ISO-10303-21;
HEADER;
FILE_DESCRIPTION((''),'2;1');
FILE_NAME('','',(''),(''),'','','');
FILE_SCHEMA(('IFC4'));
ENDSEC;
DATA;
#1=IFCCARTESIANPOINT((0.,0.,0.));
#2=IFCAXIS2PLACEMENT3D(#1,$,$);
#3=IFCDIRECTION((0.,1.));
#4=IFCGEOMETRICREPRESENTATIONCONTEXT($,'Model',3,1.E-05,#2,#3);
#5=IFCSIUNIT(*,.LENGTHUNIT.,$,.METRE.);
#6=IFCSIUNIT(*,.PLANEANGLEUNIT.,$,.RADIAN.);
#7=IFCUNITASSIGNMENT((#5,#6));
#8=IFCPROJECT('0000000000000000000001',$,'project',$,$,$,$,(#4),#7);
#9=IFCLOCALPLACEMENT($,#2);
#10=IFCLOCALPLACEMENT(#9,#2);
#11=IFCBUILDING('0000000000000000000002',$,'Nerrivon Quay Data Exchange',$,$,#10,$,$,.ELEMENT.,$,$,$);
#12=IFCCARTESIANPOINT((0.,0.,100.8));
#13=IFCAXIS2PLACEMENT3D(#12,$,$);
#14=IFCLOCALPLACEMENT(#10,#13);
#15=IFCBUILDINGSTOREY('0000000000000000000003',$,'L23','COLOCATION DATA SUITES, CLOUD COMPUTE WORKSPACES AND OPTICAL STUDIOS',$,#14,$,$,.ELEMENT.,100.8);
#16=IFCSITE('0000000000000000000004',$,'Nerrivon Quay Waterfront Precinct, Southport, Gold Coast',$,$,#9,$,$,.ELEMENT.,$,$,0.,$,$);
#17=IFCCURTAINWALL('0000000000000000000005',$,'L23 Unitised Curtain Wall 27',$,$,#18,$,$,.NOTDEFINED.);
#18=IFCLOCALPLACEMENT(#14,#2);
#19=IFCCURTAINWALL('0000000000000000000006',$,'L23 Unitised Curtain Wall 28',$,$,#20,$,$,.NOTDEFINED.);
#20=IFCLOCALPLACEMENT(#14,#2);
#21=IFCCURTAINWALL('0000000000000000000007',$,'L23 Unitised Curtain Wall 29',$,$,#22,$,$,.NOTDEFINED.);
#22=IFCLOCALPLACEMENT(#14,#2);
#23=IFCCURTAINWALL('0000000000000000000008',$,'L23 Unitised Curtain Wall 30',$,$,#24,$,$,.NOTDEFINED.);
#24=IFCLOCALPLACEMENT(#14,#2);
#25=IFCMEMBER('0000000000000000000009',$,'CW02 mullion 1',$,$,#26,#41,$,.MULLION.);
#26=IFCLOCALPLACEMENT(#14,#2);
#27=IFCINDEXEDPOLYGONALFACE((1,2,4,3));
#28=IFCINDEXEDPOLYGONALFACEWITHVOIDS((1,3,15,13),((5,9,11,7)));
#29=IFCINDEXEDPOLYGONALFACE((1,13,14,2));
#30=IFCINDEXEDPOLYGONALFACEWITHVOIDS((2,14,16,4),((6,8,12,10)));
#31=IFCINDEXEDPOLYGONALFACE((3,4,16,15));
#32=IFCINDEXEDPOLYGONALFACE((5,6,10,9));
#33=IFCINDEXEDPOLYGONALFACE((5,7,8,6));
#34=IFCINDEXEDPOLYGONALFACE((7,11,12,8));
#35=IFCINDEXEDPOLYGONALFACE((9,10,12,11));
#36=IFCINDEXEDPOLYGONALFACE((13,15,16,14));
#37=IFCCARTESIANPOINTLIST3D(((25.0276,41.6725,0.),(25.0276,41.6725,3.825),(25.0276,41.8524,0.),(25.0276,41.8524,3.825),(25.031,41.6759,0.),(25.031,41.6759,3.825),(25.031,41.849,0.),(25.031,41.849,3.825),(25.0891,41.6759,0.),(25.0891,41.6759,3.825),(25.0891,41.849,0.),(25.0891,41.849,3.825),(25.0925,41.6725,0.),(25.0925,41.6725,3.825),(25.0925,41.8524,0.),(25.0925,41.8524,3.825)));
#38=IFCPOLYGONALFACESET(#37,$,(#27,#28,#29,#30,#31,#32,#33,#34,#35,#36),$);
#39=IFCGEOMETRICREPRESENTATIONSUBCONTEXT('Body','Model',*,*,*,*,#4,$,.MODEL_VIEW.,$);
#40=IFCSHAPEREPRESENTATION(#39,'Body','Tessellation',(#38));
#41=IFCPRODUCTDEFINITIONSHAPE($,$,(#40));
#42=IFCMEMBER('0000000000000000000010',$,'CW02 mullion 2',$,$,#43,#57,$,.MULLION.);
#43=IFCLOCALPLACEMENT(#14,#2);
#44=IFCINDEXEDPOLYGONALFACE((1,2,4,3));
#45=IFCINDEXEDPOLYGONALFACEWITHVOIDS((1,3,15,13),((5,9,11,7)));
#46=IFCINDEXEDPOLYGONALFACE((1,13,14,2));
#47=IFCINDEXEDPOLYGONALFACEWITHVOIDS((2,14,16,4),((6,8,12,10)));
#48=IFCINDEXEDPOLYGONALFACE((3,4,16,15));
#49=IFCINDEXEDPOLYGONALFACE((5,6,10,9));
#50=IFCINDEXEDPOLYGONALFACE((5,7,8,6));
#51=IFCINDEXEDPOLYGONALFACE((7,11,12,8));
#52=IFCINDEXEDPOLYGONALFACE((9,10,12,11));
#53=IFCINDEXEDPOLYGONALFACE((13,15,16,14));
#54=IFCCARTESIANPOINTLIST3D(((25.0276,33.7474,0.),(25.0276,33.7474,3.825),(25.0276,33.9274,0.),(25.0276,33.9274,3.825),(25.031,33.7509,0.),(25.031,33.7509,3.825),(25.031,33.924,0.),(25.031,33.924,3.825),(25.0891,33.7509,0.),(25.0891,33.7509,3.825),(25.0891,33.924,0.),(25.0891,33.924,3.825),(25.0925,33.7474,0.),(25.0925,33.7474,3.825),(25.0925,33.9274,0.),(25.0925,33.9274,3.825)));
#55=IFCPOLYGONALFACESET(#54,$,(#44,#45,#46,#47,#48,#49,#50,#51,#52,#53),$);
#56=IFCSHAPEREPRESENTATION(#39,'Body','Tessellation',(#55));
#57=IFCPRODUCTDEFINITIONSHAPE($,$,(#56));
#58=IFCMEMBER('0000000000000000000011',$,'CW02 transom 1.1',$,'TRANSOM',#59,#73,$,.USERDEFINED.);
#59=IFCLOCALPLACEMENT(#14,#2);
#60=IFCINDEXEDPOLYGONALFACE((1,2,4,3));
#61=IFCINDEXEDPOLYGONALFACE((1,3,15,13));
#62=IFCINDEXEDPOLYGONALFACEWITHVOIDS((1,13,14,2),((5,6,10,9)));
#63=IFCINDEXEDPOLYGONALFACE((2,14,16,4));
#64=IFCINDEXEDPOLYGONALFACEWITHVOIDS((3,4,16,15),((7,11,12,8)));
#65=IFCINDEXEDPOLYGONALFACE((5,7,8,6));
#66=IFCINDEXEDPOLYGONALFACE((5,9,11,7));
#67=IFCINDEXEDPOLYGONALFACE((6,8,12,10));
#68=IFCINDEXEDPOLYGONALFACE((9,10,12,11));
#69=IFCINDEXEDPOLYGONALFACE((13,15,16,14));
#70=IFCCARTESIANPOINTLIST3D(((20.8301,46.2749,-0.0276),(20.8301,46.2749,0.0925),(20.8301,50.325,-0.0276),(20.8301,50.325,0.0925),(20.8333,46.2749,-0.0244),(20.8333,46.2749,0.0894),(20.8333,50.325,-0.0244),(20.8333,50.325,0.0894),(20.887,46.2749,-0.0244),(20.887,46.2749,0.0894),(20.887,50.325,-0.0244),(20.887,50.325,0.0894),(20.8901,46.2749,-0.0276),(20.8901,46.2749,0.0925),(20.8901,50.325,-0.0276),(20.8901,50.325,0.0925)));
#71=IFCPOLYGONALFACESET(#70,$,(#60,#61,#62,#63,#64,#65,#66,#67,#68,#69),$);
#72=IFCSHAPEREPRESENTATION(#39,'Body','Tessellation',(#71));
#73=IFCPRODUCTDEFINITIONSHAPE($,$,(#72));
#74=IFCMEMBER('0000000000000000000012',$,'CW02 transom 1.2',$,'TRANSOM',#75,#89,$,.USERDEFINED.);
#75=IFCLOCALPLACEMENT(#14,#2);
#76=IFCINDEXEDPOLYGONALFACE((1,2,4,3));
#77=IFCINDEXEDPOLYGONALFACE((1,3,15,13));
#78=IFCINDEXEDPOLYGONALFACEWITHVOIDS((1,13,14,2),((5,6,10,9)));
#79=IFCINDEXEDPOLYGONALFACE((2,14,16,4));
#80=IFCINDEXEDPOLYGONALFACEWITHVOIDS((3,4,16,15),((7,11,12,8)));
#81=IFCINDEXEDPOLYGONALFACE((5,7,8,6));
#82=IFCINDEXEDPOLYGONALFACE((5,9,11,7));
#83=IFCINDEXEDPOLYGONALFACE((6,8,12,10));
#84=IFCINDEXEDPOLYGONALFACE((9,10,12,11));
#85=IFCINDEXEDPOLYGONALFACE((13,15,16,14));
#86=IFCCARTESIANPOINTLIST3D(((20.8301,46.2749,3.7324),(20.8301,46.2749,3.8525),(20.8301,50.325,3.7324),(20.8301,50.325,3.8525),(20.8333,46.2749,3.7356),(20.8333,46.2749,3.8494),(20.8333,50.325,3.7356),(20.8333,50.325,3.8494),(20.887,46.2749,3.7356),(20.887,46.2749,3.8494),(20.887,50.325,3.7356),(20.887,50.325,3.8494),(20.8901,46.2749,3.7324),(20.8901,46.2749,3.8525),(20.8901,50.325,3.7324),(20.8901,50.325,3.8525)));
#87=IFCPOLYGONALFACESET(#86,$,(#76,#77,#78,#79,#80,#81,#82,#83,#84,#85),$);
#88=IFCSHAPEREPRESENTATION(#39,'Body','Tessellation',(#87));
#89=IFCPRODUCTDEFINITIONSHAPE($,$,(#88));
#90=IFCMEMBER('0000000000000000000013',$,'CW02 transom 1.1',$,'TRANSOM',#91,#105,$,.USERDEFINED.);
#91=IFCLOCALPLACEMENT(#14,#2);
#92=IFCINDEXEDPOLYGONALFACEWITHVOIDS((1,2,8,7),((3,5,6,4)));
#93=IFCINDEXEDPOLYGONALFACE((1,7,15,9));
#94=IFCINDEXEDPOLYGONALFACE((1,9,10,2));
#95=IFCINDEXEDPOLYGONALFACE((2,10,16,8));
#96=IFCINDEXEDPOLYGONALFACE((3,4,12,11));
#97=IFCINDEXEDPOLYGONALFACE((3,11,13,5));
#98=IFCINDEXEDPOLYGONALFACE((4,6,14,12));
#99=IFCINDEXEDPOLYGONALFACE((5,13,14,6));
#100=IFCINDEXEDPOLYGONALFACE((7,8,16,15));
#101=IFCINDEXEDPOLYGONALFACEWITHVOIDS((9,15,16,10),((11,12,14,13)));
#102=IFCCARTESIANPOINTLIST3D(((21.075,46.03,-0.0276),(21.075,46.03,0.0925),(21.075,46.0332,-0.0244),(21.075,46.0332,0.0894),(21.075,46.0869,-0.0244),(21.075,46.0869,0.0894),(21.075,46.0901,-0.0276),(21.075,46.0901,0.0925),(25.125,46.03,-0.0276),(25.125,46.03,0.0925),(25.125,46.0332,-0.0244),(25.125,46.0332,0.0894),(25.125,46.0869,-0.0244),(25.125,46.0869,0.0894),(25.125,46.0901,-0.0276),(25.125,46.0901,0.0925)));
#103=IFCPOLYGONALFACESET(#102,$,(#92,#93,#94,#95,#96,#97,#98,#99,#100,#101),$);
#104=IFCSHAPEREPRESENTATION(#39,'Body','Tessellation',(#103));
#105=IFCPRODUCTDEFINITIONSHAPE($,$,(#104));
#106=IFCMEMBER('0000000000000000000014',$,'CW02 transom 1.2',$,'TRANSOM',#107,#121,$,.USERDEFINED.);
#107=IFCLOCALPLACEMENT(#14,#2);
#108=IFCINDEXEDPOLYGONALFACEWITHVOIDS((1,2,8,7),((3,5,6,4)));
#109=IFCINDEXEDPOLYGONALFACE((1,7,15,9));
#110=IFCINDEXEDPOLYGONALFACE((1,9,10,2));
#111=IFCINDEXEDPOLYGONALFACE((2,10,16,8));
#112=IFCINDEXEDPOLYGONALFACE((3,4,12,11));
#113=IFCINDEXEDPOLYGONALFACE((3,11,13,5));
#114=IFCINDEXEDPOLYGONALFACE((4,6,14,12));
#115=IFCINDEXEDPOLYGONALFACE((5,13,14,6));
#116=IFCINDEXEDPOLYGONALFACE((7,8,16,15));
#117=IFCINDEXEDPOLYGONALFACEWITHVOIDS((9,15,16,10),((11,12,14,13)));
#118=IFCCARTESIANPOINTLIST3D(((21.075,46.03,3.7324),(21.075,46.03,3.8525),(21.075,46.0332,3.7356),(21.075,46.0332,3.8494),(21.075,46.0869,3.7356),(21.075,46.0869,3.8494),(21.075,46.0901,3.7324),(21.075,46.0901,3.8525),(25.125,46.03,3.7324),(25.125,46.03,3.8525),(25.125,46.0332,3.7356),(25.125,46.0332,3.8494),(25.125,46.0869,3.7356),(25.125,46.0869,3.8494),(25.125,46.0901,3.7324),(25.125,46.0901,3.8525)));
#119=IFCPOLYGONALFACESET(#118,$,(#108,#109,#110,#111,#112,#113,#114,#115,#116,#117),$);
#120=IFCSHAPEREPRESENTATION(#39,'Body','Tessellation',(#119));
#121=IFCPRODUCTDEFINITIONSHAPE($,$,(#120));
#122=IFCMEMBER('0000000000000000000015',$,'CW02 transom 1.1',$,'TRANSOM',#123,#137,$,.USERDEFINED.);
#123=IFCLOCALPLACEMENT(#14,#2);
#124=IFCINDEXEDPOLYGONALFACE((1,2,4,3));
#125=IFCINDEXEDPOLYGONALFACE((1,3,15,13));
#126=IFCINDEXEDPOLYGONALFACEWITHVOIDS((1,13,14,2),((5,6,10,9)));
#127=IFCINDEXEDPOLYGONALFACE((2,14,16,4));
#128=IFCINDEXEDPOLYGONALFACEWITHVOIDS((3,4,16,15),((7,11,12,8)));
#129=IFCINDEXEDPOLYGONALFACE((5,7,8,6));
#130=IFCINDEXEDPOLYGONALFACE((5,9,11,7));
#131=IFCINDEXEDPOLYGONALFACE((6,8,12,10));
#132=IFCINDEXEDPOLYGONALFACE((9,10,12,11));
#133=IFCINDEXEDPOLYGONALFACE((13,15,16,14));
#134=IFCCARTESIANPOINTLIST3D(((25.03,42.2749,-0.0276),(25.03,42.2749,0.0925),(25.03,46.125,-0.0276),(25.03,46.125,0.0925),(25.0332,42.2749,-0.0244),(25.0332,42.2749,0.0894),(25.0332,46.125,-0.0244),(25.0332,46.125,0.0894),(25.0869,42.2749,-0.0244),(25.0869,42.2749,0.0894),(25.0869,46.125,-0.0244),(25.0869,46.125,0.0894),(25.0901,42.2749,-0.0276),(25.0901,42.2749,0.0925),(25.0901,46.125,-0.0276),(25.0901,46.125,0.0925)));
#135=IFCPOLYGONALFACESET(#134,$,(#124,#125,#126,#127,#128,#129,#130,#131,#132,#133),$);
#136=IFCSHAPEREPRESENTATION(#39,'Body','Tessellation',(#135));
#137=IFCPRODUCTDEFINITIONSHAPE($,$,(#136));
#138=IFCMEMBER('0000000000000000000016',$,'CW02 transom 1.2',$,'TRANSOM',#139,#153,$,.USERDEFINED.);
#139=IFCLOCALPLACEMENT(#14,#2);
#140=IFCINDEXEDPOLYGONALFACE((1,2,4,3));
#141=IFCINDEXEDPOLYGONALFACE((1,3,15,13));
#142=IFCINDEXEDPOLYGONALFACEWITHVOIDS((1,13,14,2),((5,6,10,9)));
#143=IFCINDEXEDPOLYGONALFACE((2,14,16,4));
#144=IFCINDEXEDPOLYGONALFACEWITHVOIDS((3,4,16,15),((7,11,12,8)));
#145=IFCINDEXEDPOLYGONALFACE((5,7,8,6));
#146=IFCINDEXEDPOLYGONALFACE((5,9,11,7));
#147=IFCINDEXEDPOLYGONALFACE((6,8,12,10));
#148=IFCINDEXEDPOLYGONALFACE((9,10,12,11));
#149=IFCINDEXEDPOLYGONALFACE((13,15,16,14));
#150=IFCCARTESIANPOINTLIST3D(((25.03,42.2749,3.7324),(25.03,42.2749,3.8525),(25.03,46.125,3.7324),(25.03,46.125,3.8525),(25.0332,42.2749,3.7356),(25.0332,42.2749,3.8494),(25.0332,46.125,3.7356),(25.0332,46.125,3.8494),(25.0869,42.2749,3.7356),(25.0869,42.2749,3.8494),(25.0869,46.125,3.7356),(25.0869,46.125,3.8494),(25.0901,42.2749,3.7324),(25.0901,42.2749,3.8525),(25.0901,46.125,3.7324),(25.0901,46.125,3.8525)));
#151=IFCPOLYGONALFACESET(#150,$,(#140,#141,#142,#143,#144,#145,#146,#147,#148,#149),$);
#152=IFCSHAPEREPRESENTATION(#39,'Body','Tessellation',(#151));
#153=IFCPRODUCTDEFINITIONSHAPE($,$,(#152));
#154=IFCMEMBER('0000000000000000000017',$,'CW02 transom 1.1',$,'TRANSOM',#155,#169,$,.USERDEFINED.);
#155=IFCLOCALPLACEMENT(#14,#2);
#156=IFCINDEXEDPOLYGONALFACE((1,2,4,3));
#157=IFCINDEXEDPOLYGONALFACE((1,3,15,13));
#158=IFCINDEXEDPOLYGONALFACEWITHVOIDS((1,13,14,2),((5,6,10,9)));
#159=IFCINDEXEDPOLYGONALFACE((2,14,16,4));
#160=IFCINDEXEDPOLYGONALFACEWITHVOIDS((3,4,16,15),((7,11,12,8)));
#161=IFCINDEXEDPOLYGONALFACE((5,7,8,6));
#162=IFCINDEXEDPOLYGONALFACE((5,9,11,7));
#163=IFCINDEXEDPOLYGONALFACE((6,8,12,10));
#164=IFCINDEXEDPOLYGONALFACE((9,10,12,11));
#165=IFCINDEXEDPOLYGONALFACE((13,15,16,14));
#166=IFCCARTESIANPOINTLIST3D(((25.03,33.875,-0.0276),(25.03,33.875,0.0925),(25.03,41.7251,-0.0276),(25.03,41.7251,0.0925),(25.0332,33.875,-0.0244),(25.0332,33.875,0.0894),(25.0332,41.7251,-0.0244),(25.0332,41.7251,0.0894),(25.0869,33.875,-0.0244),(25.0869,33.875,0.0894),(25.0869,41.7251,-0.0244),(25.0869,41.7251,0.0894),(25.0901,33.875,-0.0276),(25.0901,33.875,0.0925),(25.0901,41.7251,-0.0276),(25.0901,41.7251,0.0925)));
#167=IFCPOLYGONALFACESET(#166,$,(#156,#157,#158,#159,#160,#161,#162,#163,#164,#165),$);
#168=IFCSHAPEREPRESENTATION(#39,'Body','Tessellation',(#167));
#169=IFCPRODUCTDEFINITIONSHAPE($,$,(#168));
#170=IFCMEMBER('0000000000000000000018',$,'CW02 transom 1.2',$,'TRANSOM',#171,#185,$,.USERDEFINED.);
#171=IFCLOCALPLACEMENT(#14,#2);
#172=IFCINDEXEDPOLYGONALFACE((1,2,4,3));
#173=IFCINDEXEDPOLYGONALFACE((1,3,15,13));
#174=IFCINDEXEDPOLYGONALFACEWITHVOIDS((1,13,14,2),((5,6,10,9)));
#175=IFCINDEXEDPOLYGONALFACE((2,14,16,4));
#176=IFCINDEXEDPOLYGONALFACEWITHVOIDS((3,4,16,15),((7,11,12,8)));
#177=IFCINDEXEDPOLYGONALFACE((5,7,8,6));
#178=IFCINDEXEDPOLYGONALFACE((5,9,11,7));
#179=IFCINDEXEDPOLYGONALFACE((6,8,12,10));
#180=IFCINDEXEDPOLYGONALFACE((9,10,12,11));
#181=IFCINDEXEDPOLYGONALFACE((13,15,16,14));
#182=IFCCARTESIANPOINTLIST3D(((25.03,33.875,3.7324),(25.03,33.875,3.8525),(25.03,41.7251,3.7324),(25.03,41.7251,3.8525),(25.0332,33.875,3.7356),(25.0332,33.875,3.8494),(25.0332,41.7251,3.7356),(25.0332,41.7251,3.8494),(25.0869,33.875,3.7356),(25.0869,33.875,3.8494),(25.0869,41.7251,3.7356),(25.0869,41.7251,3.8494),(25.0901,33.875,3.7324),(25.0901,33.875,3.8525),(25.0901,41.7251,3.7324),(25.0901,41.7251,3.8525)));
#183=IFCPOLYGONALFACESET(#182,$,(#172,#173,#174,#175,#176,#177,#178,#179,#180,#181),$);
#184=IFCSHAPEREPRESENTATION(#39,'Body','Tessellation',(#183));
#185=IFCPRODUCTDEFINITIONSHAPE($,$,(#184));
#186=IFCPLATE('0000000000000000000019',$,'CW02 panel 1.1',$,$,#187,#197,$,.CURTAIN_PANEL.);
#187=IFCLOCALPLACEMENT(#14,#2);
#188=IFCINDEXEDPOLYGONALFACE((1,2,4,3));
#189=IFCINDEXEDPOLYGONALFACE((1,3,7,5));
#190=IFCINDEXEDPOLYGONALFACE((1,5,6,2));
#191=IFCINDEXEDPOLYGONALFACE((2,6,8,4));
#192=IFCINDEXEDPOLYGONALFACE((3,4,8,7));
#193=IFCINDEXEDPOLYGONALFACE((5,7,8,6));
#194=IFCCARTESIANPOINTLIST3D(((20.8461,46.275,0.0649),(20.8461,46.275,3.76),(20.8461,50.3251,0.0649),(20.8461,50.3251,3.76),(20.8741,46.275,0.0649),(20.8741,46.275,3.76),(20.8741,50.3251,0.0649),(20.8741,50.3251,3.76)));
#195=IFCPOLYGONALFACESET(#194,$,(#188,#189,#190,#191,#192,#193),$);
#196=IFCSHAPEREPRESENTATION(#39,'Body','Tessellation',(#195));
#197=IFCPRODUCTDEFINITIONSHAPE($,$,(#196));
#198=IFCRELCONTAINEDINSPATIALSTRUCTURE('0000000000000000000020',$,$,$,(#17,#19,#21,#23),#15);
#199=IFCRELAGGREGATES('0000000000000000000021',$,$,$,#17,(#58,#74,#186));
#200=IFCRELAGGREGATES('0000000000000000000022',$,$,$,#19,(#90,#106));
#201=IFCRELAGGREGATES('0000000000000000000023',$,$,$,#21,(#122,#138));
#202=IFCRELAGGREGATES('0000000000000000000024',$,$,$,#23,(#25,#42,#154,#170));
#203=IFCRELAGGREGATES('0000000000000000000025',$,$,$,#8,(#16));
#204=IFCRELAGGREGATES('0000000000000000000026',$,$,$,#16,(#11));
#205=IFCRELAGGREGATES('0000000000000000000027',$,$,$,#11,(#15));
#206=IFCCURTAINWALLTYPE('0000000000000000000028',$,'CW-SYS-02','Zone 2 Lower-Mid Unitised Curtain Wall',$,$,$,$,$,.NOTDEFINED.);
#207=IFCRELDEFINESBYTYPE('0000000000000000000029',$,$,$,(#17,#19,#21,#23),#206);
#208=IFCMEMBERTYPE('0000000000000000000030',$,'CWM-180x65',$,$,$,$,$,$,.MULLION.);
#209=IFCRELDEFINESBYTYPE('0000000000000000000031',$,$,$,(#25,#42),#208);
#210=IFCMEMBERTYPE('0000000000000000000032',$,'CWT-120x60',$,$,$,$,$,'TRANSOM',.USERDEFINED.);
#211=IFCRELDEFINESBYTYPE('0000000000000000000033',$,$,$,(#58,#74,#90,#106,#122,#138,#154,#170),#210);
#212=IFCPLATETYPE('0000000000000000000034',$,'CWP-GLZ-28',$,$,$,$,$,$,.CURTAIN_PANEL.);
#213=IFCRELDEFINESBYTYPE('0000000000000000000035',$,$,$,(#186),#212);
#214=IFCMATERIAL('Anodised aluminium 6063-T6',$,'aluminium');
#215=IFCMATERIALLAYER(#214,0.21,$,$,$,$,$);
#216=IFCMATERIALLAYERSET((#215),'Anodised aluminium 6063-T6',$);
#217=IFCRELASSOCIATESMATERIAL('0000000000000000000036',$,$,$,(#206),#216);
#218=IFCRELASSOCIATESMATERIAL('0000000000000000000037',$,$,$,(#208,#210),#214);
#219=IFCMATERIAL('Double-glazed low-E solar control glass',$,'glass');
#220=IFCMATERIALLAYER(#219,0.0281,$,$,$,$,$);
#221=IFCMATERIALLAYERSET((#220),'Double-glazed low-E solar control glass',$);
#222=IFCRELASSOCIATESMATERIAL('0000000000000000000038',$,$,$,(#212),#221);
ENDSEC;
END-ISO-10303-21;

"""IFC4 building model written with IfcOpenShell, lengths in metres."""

from ifc_helpers import new_model, si_unit, direction, frame, origin, origin_2d, place, context, subcontext, project, spatial, rectangle, hollow_rectangle, extrude, material, layer, layer_set, material_profile, profile_set, type_object, element, aggregate, save


model = new_model("IFC4")

# Units and contexts
model_context = context("Model", 3, precision=1e-05, world=origin(), true_north=direction((0.0, 1.0)))
body_context = subcontext(model_context, "Body", "Model", "MODEL_VIEW")
ifc_project = project(units=[si_unit("LENGTHUNIT", "METRE"), si_unit("PLANEANGLEUNIT", "RADIAN")], contexts=[model_context])

# Site, building, storey
site_placement = place(None, origin())
site = spatial("IfcSite", under=ifc_project, at=site_placement, Name="Nerrivon Quay Waterfront Precinct, Southport, Gold Coast", CompositionType="ELEMENT", RefElevation=0.0)
building_placement = place(site_placement, origin())
building = spatial("IfcBuilding", under=site, at=building_placement, Name="Nerrivon Quay Data Exchange", CompositionType="ELEMENT")
storey_placement = place(building_placement, frame((0.0, 0.0, 100.8)))
storey = spatial("IfcBuildingStorey", under=building, at=storey_placement, Name="L23", Description="COLOCATION DATA SUITES, CLOUD COMPUTE WORKSPACES AND OPTICAL STUDIOS", CompositionType="ELEMENT", Elevation=100.8)

# Shared definitions
ifc_material_1 = material(Name="Anodised aluminium 6063-T6", Category="aluminium")
ifc_layer_1 = layer(ifc_material_1, 0.21)
ifc_layer_set_1 = layer_set([ifc_layer_1], Name="Anodised aluminium 6063-T6")
curtain_wall_type = type_object("IfcCurtainWallType", Name="CW-SYS-02", Description="Zone 2 Lower-Mid Unitised Curtain Wall", PredefinedType="NOTDEFINED", material=ifc_layer_set_1)
ifc_material_profile_1 = material_profile(ifc_material_1, hollow_rectangle(XDim=0.0649, YDim=0.1799, WallThickness=0.0034, at=origin_2d()), Name="ALU-MULL-180x65")
ifc_profile_set_1 = profile_set([ifc_material_profile_1], Name="Anodised aluminium 6063-T6")
member_type_1 = type_object("IfcMemberType", Name="CWM-180x65", PredefinedType="MULLION", material=ifc_profile_set_1)

# Curtain walls, members
curtain_wall_1_placement = place(storey_placement, origin())
curtain_wall_1 = element("IfcCurtainWall", 1, at=curtain_wall_1_placement, inside=storey, type_object=curtain_wall_type, Name="L23 Unitised Curtain Wall 27", PredefinedType="NOTDEFINED")
curtain_wall_2_placement = place(storey_placement, origin())
curtain_wall_2 = element("IfcCurtainWall", 2, at=curtain_wall_2_placement, inside=storey, type_object=curtain_wall_type, Name="L23 Unitised Curtain Wall 28", PredefinedType="NOTDEFINED")
curtain_wall_3_placement = place(storey_placement, origin())
curtain_wall_3 = element("IfcCurtainWall", 3, at=curtain_wall_3_placement, inside=storey, type_object=curtain_wall_type, Name="L23 Unitised Curtain Wall 29", PredefinedType="NOTDEFINED")
curtain_wall_4_placement = place(storey_placement, origin())
curtain_wall_4 = element("IfcCurtainWall", 4, at=curtain_wall_4_placement, inside=storey, type_object=curtain_wall_type, Name="L23 Unitised Curtain Wall 30", PredefinedType="NOTDEFINED")
member_1_placement = place(storey_placement, frame((25.0601, 41.7625, 0.0), z_axis=(0.0, 0.0, 1.0), x_axis=(1.0, 0.0, 0.0)))
member_1 = element("IfcMember", 5, at=member_1_placement, type_object=member_type_1, Name="CW02 mullion 1", PredefinedType="MULLION", context=body_context, shape_type="SweptSolid", body=[
    extrude(hollow_rectangle(XDim=0.0649, YDim=0.1799, WallThickness=0.0034, at=origin_2d()), origin(), (0.0, 0.0, 1.0), 3.825),
])
member_2_placement = place(storey_placement, frame((25.0601, 33.8374, 0.0), z_axis=(0.0, 0.0, 1.0), x_axis=(1.0, 0.0, 0.0)))
member_2 = element("IfcMember", 6, at=member_2_placement, type_object=member_type_1, Name="CW02 mullion 2", PredefinedType="MULLION", context=body_context, shape_type="SweptSolid", body=[
    extrude(hollow_rectangle(XDim=0.0649, YDim=0.1799, WallThickness=0.0034, at=origin_2d()), origin(), (0.0, 0.0, 1.0), 3.825),
])

# Members
ifc_material_profile_2 = material_profile(ifc_material_1, hollow_rectangle(XDim=0.0601, YDim=0.1201, WallThickness=0.0032, at=origin_2d()), Name="ALU-TRAN-120x60")
ifc_profile_set_2 = profile_set([ifc_material_profile_2], Name="Anodised aluminium 6063-T6")
member_type_2 = type_object("IfcMemberType", Name="CWT-120x60", ElementType="TRANSOM", PredefinedType="USERDEFINED", material=ifc_profile_set_2)
member_3_placement = place(storey_placement, frame((20.8601, 50.325, 0.0325), z_axis=(0.0, -1.0, 0.0), x_axis=(1.0, 0.0, 0.0)))
member_3 = element("IfcMember", 7, at=member_3_placement, type_object=member_type_2, Name="CW02 transom 1.1", ObjectType="TRANSOM", PredefinedType="USERDEFINED", context=body_context, shape_type="SweptSolid", body=[
    extrude(hollow_rectangle(XDim=0.0601, YDim=0.1201, WallThickness=0.0032, at=origin_2d()), origin(), (0.0, 0.0, 1.0), 4.05),
])
member_4_placement = place(storey_placement, frame((20.8601, 50.325, 3.7925), z_axis=(0.0, -1.0, 0.0), x_axis=(1.0, 0.0, 0.0)))
member_4 = element("IfcMember", 8, at=member_4_placement, type_object=member_type_2, Name="CW02 transom 1.2", ObjectType="TRANSOM", PredefinedType="USERDEFINED", context=body_context, shape_type="SweptSolid", body=[
    extrude(hollow_rectangle(XDim=0.0601, YDim=0.1201, WallThickness=0.0032, at=origin_2d()), origin(), (0.0, 0.0, 1.0), 4.05),
])
member_5_placement = place(storey_placement, frame((21.075, 46.0601, 0.0325), z_axis=(1.0, 0.0, 0.0), x_axis=(0.0, 1.0, 0.0)))
member_5 = element("IfcMember", 9, at=member_5_placement, type_object=member_type_2, Name="CW02 transom 1.1", ObjectType="TRANSOM", PredefinedType="USERDEFINED", context=body_context, shape_type="SweptSolid", body=[
    extrude(hollow_rectangle(XDim=0.0601, YDim=0.1201, WallThickness=0.0032, at=origin_2d()), origin(), (0.0, 0.0, 1.0), 4.05),
])
member_6_placement = place(storey_placement, frame((21.075, 46.0601, 3.7925), z_axis=(1.0, 0.0, 0.0), x_axis=(0.0, 1.0, 0.0)))
member_6 = element("IfcMember", 10, at=member_6_placement, type_object=member_type_2, Name="CW02 transom 1.2", ObjectType="TRANSOM", PredefinedType="USERDEFINED", context=body_context, shape_type="SweptSolid", body=[
    extrude(hollow_rectangle(XDim=0.0601, YDim=0.1201, WallThickness=0.0032, at=origin_2d()), origin(), (0.0, 0.0, 1.0), 4.05),
])
member_7_placement = place(storey_placement, frame((25.0601, 46.125, 0.0325), z_axis=(0.0, -1.0, 0.0), x_axis=(1.0, 0.0, 0.0)))
member_7 = element("IfcMember", 11, at=member_7_placement, type_object=member_type_2, Name="CW02 transom 1.1", ObjectType="TRANSOM", PredefinedType="USERDEFINED", context=body_context, shape_type="SweptSolid", body=[
    extrude(hollow_rectangle(XDim=0.0601, YDim=0.1201, WallThickness=0.0032, at=origin_2d()), origin(), (0.0, 0.0, 1.0), 3.8501),
])
member_8_placement = place(storey_placement, frame((25.0601, 46.125, 3.7925), z_axis=(0.0, -1.0, 0.0), x_axis=(1.0, 0.0, 0.0)))
member_8 = element("IfcMember", 12, at=member_8_placement, type_object=member_type_2, Name="CW02 transom 1.2", ObjectType="TRANSOM", PredefinedType="USERDEFINED", context=body_context, shape_type="SweptSolid", body=[
    extrude(hollow_rectangle(XDim=0.0601, YDim=0.1201, WallThickness=0.0032, at=origin_2d()), origin(), (0.0, 0.0, 1.0), 3.8501),
])
member_9_placement = place(storey_placement, frame((25.0601, 41.7251, 0.0325), z_axis=(0.0, -1.0, 0.0), x_axis=(1.0, 0.0, 0.0)))
member_9 = element("IfcMember", 13, at=member_9_placement, type_object=member_type_2, Name="CW02 transom 1.1", ObjectType="TRANSOM", PredefinedType="USERDEFINED", context=body_context, shape_type="SweptSolid", body=[
    extrude(hollow_rectangle(XDim=0.0601, YDim=0.1201, WallThickness=0.0032, at=origin_2d()), origin(), (0.0, 0.0, 1.0), 7.8501),
])
member_10_placement = place(storey_placement, frame((25.0601, 41.7251, 3.7925), z_axis=(0.0, -1.0, 0.0), x_axis=(1.0, 0.0, 0.0)))
member_10 = element("IfcMember", 14, at=member_10_placement, type_object=member_type_2, Name="CW02 transom 1.2", ObjectType="TRANSOM", PredefinedType="USERDEFINED", context=body_context, shape_type="SweptSolid", body=[
    extrude(hollow_rectangle(XDim=0.0601, YDim=0.1201, WallThickness=0.0032, at=origin_2d()), origin(), (0.0, 0.0, 1.0), 7.8501),
])

# Plate
ifc_material_2 = material(Name="Double-glazed low-E solar control glass", Category="glass")
ifc_layer_2 = layer(ifc_material_2, 0.0281)
ifc_layer_set_2 = layer_set([ifc_layer_2], Name="Double-glazed low-E solar control glass")
plate_type = type_object("IfcPlateType", Name="CWP-GLZ-28", PredefinedType="CURTAIN_PANEL", material=ifc_layer_set_2)
plate_1_placement = place(storey_placement, frame((20.8601, 48.3, 0.0649), z_axis=(0.0, 0.0, 1.0), x_axis=(0.0, -1.0, 0.0)))
plate_1 = element("IfcPlate", 15, at=plate_1_placement, type_object=plate_type, Name="CW02 panel 1.1", PredefinedType="CURTAIN_PANEL", context=body_context, shape_type="SweptSolid", body=[
    extrude(rectangle(XDim=4.05, YDim=0.0281, at=origin_2d()), origin(), (0.0, 0.0, 1.0), 3.6951),
])
aggregate(curtain_wall_1, [member_3, member_4, plate_1])
aggregate(curtain_wall_2, [member_5, member_6])
aggregate(curtain_wall_3, [member_7, member_8])
aggregate(curtain_wall_4, [member_1, member_2, member_9, member_10])

save(model, "model.ifc")
